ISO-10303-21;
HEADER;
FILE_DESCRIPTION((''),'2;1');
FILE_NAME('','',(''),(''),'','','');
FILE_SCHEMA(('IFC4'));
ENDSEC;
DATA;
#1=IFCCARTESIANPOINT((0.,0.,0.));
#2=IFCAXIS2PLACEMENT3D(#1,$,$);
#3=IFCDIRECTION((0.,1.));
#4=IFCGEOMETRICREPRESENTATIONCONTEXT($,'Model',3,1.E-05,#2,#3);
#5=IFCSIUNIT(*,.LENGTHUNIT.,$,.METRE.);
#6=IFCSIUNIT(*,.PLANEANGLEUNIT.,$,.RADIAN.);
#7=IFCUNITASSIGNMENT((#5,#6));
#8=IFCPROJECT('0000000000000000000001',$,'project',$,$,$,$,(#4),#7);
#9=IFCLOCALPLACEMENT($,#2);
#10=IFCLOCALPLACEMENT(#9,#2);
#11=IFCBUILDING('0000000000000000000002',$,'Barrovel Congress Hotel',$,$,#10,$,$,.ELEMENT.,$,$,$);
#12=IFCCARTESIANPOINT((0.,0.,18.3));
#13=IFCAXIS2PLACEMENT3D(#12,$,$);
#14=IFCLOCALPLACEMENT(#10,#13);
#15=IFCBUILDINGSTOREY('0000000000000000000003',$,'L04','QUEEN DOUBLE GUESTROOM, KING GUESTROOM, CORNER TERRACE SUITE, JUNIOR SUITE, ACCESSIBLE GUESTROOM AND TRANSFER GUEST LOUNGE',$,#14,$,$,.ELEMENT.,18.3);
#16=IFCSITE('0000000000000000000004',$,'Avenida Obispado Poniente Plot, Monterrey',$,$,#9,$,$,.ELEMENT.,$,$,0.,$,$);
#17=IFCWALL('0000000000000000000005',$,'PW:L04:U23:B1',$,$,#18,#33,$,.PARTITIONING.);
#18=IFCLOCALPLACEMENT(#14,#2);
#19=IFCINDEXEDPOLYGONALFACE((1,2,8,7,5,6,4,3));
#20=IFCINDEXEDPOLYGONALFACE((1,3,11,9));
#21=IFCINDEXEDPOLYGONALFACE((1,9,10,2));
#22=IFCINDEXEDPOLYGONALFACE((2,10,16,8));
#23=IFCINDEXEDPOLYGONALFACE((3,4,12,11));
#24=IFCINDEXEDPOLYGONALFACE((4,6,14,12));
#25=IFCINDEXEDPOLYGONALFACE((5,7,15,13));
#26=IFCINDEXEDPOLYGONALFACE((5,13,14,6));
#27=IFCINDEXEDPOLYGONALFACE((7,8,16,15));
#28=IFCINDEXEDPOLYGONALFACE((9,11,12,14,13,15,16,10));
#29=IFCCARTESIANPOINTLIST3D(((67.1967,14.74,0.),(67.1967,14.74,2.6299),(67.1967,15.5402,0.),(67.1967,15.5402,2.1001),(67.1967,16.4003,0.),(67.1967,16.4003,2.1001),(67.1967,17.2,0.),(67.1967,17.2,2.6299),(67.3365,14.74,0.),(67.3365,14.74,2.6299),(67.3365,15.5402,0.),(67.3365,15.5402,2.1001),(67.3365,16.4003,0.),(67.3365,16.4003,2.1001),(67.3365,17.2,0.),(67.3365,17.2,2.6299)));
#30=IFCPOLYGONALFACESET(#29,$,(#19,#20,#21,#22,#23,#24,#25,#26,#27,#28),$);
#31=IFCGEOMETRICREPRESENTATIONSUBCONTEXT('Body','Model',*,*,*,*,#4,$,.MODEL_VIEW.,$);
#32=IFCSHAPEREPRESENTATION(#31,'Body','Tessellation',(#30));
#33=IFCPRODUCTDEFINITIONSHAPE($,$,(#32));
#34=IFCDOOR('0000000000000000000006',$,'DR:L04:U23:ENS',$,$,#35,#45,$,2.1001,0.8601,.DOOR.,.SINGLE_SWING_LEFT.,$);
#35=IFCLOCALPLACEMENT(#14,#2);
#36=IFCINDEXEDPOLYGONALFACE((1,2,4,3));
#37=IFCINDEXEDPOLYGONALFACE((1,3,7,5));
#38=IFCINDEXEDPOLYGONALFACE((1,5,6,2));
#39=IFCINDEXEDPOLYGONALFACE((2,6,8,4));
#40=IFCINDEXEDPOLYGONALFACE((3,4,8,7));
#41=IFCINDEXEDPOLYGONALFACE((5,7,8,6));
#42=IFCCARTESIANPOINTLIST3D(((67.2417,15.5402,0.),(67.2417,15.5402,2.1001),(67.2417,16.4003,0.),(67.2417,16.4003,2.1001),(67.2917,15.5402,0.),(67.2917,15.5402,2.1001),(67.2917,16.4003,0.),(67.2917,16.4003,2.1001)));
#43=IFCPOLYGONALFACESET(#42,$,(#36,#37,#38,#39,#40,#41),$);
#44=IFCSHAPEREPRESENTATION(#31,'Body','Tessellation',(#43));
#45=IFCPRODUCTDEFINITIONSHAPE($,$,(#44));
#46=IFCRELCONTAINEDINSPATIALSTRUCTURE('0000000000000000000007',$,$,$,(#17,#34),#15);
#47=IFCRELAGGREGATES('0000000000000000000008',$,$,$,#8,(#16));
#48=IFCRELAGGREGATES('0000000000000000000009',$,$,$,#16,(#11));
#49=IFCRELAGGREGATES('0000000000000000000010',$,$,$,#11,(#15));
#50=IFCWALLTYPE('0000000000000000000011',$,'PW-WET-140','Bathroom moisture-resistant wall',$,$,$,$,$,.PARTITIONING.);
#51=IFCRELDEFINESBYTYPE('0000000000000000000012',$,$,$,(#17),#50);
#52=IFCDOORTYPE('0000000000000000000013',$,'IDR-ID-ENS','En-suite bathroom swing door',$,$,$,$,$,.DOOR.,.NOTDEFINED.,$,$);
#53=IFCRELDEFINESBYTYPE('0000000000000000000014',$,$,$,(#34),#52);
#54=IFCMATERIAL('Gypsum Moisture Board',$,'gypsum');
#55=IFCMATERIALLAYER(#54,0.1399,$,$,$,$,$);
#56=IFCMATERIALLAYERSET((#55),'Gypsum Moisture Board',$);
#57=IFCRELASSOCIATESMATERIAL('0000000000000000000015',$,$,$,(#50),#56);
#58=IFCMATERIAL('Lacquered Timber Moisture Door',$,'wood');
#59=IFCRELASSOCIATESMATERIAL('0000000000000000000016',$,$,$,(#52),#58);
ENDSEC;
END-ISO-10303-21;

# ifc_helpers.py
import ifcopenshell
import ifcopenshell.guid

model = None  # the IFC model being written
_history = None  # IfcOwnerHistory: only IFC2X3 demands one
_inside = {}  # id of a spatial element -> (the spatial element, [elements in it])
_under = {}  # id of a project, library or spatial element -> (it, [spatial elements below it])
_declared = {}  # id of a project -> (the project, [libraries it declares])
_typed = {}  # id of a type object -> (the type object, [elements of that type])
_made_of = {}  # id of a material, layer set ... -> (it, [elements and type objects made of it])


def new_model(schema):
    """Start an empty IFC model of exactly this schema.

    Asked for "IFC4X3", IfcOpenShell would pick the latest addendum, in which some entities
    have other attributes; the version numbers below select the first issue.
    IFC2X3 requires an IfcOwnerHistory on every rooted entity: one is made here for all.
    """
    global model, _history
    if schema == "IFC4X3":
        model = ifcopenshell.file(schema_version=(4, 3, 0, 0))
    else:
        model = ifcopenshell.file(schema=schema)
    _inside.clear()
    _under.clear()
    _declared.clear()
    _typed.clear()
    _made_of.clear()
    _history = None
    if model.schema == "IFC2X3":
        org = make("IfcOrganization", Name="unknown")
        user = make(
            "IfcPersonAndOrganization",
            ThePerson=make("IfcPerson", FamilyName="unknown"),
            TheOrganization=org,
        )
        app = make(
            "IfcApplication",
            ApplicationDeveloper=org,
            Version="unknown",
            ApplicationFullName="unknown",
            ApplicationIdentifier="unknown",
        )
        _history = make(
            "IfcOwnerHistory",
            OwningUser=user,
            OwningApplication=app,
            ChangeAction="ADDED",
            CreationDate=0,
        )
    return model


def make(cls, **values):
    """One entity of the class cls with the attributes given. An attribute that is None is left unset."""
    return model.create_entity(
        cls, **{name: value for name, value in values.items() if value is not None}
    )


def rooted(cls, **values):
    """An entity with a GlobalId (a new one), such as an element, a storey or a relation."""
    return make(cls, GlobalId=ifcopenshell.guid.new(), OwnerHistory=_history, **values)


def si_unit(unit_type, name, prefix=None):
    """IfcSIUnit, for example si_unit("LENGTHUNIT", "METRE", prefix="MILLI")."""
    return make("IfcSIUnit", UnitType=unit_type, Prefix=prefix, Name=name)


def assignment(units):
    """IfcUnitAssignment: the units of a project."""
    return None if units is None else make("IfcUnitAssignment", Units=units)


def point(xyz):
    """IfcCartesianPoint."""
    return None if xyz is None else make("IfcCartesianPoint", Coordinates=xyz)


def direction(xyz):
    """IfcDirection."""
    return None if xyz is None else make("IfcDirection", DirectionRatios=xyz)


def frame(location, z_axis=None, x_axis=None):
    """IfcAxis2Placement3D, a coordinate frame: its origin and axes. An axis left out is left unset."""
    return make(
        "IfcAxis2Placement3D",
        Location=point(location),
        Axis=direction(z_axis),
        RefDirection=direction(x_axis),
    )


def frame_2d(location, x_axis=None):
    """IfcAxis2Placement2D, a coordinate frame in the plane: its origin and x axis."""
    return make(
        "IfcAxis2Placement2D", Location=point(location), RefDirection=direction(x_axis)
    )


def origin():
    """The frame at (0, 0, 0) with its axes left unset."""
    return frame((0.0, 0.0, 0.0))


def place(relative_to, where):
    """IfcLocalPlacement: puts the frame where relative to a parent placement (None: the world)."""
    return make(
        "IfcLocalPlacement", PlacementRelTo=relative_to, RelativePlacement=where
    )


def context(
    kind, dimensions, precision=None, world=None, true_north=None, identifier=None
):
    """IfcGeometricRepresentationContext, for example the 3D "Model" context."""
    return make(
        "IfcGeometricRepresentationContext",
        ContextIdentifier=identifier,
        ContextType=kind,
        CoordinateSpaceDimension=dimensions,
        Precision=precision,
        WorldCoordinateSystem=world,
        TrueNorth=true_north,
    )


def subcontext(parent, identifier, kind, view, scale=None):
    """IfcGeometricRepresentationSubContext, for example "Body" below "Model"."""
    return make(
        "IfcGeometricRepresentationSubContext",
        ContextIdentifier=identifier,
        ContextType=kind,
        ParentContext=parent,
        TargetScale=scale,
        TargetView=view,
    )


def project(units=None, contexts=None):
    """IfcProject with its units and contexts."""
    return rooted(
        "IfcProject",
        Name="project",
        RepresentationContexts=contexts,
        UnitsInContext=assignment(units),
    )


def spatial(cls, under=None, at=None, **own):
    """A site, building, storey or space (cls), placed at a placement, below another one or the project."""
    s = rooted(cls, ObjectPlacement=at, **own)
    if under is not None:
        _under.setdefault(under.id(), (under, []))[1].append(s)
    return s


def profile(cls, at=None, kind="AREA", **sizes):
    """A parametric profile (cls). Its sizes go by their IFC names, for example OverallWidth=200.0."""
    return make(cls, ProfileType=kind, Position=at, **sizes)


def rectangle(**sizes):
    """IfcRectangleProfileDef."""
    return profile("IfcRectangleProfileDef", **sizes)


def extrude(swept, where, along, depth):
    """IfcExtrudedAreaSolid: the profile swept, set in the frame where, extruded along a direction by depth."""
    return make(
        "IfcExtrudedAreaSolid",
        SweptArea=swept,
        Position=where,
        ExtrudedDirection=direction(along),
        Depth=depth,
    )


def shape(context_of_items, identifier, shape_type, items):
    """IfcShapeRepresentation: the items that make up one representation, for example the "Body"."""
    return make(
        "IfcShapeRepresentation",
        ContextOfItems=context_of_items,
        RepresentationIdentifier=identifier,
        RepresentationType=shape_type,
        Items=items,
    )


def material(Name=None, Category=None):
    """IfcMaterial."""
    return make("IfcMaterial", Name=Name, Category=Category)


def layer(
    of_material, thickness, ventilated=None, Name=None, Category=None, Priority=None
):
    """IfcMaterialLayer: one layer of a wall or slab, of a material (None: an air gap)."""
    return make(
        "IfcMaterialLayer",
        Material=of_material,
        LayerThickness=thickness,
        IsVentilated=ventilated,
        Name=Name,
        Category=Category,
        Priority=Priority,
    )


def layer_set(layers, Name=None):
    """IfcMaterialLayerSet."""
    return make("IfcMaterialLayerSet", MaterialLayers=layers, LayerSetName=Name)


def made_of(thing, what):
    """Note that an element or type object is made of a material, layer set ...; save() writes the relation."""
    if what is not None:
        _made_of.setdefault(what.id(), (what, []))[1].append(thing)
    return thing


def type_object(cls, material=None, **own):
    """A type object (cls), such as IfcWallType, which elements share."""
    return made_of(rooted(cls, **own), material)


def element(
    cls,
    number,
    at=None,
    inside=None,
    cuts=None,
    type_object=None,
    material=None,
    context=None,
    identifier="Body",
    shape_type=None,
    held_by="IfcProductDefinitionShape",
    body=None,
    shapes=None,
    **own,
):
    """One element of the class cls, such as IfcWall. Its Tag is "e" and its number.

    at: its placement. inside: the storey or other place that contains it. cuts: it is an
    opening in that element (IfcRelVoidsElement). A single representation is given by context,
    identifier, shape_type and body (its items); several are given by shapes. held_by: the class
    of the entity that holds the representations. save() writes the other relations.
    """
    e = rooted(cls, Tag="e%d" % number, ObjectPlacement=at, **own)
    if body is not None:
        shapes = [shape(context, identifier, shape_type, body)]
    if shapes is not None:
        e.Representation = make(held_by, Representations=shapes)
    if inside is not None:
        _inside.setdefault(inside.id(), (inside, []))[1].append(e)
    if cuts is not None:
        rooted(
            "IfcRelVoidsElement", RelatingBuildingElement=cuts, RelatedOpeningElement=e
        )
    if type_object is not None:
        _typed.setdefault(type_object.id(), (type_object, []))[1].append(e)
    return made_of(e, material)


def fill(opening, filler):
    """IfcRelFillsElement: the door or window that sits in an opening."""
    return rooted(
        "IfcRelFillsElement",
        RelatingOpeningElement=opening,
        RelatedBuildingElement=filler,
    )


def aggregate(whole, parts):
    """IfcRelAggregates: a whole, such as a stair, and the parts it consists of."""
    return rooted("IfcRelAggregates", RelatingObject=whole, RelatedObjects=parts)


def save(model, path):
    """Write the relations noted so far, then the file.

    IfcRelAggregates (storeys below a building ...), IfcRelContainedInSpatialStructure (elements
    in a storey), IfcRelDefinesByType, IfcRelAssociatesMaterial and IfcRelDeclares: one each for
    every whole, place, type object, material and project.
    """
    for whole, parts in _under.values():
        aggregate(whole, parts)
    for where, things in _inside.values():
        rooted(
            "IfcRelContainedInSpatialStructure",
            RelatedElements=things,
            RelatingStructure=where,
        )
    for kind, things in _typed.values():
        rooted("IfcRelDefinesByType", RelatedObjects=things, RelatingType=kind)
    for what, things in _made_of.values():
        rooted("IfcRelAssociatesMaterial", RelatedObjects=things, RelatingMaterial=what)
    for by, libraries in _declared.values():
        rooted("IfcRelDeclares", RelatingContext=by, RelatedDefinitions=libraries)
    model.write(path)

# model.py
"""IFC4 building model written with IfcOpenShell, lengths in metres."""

from ifc_helpers import new_model, si_unit, direction, frame, frame_2d, origin, place, context, subcontext, project, spatial, rectangle, extrude, material, layer, layer_set, type_object, element, fill, save


model = new_model("IFC4")

# Units and contexts
model_context = context("Model", 3, precision=1e-05, world=origin(), true_north=direction((0.0, 1.0)))
body_context = subcontext(model_context, "Body", "Model", "MODEL_VIEW")
ifc_project = project(units=[si_unit("LENGTHUNIT", "METRE"), si_unit("PLANEANGLEUNIT", "RADIAN")], contexts=[model_context])

# Site, building, storey
site_placement = place(None, origin())
site = spatial("IfcSite", under=ifc_project, at=site_placement, Name="Avenida Obispado Poniente Plot, Monterrey", CompositionType="ELEMENT", RefElevation=0.0)
building_placement = place(site_placement, origin())
building = spatial("IfcBuilding", under=site, at=building_placement, Name="Barrovel Congress Hotel", CompositionType="ELEMENT")
storey_placement = place(building_placement, frame((0.0, 0.0, 18.3)))
storey = spatial("IfcBuildingStorey", under=building, at=storey_placement, Name="L04", Description="QUEEN DOUBLE GUESTROOM, KING GUESTROOM, CORNER TERRACE SUITE, JUNIOR SUITE, ACCESSIBLE GUESTROOM AND TRANSFER GUEST LOUNGE", CompositionType="ELEMENT", Elevation=18.3)

# Wall, opening, door
ifc_material_1 = material(Name="Gypsum Moisture Board", Category="gypsum")
ifc_layer_1 = layer(ifc_material_1, 0.1399)
ifc_layer_set_1 = layer_set([ifc_layer_1], Name="Gypsum Moisture Board")
wall_type_1 = type_object("IfcWallType", Name="PW-WET-140", Description="Bathroom moisture-resistant wall", PredefinedType="PARTITIONING", material=ifc_layer_set_1)
ifc_material_2 = material(Name="Lacquered Timber Moisture Door", Category="wood")
door_type = type_object("IfcDoorType", Name="IDR-ID-ENS", Description="En-suite bathroom swing door", OperationType="NOTDEFINED", PredefinedType="DOOR", material=ifc_material_2)
wall_1_placement = place(storey_placement, frame((67.2666, 14.74, 0.0), z_axis=(0.0, 0.0, 1.0), x_axis=(0.0, 1.0, 0.0)))
wall_1 = element("IfcWall", 1, at=wall_1_placement, inside=storey, type_object=wall_type_1, Name="PW:L04:U23:B1", PredefinedType="PARTITIONING", context=body_context, shape_type="SweptSolid", body=[
    extrude(rectangle(XDim=2.46, YDim=0.1399, at=frame_2d((1.23, 0.0))), origin(), (0.0, 0.0, 1.0), 2.6299),
])
opening_1_placement = place(wall_1_placement, frame((0.8, 0.0, 0.0)))
opening_1 = element("IfcOpeningElement", 2, at=opening_1_placement, cuts=wall_1, PredefinedType="OPENING", context=body_context, shape_type="SweptSolid", body=[
    extrude(rectangle(XDim=0.8601, YDim=2.1001, at=frame_2d((0.4302, 1.05))), frame((0.0, 0.0801, 0.0), z_axis=(0.0, -1.0, 0.0), x_axis=(1.0, 0.0, 0.0)), (0.0, 0.0, 1.0), 0.1599),
])
door_1_placement = place(opening_1_placement, origin())
door_1 = element("IfcDoor", 3, at=door_1_placement, inside=storey, type_object=door_type, Name="DR:L04:U23:ENS", OperationType="SINGLE_SWING_LEFT", OverallHeight=2.1001, OverallWidth=0.8601, PredefinedType="DOOR", context=body_context, shape_type="SweptSolid", body=[
    extrude(rectangle(XDim=0.8601, YDim=2.1001, at=frame_2d((0.4302, 1.05))), frame((0.0, 0.0249, 0.0), z_axis=(0.0, -1.0, 0.0), x_axis=(1.0, 0.0, 0.0)), (0.0, 0.0, 1.0), 0.05),
])
fill(opening_1, door_1)

save(model, "model.ifc")
